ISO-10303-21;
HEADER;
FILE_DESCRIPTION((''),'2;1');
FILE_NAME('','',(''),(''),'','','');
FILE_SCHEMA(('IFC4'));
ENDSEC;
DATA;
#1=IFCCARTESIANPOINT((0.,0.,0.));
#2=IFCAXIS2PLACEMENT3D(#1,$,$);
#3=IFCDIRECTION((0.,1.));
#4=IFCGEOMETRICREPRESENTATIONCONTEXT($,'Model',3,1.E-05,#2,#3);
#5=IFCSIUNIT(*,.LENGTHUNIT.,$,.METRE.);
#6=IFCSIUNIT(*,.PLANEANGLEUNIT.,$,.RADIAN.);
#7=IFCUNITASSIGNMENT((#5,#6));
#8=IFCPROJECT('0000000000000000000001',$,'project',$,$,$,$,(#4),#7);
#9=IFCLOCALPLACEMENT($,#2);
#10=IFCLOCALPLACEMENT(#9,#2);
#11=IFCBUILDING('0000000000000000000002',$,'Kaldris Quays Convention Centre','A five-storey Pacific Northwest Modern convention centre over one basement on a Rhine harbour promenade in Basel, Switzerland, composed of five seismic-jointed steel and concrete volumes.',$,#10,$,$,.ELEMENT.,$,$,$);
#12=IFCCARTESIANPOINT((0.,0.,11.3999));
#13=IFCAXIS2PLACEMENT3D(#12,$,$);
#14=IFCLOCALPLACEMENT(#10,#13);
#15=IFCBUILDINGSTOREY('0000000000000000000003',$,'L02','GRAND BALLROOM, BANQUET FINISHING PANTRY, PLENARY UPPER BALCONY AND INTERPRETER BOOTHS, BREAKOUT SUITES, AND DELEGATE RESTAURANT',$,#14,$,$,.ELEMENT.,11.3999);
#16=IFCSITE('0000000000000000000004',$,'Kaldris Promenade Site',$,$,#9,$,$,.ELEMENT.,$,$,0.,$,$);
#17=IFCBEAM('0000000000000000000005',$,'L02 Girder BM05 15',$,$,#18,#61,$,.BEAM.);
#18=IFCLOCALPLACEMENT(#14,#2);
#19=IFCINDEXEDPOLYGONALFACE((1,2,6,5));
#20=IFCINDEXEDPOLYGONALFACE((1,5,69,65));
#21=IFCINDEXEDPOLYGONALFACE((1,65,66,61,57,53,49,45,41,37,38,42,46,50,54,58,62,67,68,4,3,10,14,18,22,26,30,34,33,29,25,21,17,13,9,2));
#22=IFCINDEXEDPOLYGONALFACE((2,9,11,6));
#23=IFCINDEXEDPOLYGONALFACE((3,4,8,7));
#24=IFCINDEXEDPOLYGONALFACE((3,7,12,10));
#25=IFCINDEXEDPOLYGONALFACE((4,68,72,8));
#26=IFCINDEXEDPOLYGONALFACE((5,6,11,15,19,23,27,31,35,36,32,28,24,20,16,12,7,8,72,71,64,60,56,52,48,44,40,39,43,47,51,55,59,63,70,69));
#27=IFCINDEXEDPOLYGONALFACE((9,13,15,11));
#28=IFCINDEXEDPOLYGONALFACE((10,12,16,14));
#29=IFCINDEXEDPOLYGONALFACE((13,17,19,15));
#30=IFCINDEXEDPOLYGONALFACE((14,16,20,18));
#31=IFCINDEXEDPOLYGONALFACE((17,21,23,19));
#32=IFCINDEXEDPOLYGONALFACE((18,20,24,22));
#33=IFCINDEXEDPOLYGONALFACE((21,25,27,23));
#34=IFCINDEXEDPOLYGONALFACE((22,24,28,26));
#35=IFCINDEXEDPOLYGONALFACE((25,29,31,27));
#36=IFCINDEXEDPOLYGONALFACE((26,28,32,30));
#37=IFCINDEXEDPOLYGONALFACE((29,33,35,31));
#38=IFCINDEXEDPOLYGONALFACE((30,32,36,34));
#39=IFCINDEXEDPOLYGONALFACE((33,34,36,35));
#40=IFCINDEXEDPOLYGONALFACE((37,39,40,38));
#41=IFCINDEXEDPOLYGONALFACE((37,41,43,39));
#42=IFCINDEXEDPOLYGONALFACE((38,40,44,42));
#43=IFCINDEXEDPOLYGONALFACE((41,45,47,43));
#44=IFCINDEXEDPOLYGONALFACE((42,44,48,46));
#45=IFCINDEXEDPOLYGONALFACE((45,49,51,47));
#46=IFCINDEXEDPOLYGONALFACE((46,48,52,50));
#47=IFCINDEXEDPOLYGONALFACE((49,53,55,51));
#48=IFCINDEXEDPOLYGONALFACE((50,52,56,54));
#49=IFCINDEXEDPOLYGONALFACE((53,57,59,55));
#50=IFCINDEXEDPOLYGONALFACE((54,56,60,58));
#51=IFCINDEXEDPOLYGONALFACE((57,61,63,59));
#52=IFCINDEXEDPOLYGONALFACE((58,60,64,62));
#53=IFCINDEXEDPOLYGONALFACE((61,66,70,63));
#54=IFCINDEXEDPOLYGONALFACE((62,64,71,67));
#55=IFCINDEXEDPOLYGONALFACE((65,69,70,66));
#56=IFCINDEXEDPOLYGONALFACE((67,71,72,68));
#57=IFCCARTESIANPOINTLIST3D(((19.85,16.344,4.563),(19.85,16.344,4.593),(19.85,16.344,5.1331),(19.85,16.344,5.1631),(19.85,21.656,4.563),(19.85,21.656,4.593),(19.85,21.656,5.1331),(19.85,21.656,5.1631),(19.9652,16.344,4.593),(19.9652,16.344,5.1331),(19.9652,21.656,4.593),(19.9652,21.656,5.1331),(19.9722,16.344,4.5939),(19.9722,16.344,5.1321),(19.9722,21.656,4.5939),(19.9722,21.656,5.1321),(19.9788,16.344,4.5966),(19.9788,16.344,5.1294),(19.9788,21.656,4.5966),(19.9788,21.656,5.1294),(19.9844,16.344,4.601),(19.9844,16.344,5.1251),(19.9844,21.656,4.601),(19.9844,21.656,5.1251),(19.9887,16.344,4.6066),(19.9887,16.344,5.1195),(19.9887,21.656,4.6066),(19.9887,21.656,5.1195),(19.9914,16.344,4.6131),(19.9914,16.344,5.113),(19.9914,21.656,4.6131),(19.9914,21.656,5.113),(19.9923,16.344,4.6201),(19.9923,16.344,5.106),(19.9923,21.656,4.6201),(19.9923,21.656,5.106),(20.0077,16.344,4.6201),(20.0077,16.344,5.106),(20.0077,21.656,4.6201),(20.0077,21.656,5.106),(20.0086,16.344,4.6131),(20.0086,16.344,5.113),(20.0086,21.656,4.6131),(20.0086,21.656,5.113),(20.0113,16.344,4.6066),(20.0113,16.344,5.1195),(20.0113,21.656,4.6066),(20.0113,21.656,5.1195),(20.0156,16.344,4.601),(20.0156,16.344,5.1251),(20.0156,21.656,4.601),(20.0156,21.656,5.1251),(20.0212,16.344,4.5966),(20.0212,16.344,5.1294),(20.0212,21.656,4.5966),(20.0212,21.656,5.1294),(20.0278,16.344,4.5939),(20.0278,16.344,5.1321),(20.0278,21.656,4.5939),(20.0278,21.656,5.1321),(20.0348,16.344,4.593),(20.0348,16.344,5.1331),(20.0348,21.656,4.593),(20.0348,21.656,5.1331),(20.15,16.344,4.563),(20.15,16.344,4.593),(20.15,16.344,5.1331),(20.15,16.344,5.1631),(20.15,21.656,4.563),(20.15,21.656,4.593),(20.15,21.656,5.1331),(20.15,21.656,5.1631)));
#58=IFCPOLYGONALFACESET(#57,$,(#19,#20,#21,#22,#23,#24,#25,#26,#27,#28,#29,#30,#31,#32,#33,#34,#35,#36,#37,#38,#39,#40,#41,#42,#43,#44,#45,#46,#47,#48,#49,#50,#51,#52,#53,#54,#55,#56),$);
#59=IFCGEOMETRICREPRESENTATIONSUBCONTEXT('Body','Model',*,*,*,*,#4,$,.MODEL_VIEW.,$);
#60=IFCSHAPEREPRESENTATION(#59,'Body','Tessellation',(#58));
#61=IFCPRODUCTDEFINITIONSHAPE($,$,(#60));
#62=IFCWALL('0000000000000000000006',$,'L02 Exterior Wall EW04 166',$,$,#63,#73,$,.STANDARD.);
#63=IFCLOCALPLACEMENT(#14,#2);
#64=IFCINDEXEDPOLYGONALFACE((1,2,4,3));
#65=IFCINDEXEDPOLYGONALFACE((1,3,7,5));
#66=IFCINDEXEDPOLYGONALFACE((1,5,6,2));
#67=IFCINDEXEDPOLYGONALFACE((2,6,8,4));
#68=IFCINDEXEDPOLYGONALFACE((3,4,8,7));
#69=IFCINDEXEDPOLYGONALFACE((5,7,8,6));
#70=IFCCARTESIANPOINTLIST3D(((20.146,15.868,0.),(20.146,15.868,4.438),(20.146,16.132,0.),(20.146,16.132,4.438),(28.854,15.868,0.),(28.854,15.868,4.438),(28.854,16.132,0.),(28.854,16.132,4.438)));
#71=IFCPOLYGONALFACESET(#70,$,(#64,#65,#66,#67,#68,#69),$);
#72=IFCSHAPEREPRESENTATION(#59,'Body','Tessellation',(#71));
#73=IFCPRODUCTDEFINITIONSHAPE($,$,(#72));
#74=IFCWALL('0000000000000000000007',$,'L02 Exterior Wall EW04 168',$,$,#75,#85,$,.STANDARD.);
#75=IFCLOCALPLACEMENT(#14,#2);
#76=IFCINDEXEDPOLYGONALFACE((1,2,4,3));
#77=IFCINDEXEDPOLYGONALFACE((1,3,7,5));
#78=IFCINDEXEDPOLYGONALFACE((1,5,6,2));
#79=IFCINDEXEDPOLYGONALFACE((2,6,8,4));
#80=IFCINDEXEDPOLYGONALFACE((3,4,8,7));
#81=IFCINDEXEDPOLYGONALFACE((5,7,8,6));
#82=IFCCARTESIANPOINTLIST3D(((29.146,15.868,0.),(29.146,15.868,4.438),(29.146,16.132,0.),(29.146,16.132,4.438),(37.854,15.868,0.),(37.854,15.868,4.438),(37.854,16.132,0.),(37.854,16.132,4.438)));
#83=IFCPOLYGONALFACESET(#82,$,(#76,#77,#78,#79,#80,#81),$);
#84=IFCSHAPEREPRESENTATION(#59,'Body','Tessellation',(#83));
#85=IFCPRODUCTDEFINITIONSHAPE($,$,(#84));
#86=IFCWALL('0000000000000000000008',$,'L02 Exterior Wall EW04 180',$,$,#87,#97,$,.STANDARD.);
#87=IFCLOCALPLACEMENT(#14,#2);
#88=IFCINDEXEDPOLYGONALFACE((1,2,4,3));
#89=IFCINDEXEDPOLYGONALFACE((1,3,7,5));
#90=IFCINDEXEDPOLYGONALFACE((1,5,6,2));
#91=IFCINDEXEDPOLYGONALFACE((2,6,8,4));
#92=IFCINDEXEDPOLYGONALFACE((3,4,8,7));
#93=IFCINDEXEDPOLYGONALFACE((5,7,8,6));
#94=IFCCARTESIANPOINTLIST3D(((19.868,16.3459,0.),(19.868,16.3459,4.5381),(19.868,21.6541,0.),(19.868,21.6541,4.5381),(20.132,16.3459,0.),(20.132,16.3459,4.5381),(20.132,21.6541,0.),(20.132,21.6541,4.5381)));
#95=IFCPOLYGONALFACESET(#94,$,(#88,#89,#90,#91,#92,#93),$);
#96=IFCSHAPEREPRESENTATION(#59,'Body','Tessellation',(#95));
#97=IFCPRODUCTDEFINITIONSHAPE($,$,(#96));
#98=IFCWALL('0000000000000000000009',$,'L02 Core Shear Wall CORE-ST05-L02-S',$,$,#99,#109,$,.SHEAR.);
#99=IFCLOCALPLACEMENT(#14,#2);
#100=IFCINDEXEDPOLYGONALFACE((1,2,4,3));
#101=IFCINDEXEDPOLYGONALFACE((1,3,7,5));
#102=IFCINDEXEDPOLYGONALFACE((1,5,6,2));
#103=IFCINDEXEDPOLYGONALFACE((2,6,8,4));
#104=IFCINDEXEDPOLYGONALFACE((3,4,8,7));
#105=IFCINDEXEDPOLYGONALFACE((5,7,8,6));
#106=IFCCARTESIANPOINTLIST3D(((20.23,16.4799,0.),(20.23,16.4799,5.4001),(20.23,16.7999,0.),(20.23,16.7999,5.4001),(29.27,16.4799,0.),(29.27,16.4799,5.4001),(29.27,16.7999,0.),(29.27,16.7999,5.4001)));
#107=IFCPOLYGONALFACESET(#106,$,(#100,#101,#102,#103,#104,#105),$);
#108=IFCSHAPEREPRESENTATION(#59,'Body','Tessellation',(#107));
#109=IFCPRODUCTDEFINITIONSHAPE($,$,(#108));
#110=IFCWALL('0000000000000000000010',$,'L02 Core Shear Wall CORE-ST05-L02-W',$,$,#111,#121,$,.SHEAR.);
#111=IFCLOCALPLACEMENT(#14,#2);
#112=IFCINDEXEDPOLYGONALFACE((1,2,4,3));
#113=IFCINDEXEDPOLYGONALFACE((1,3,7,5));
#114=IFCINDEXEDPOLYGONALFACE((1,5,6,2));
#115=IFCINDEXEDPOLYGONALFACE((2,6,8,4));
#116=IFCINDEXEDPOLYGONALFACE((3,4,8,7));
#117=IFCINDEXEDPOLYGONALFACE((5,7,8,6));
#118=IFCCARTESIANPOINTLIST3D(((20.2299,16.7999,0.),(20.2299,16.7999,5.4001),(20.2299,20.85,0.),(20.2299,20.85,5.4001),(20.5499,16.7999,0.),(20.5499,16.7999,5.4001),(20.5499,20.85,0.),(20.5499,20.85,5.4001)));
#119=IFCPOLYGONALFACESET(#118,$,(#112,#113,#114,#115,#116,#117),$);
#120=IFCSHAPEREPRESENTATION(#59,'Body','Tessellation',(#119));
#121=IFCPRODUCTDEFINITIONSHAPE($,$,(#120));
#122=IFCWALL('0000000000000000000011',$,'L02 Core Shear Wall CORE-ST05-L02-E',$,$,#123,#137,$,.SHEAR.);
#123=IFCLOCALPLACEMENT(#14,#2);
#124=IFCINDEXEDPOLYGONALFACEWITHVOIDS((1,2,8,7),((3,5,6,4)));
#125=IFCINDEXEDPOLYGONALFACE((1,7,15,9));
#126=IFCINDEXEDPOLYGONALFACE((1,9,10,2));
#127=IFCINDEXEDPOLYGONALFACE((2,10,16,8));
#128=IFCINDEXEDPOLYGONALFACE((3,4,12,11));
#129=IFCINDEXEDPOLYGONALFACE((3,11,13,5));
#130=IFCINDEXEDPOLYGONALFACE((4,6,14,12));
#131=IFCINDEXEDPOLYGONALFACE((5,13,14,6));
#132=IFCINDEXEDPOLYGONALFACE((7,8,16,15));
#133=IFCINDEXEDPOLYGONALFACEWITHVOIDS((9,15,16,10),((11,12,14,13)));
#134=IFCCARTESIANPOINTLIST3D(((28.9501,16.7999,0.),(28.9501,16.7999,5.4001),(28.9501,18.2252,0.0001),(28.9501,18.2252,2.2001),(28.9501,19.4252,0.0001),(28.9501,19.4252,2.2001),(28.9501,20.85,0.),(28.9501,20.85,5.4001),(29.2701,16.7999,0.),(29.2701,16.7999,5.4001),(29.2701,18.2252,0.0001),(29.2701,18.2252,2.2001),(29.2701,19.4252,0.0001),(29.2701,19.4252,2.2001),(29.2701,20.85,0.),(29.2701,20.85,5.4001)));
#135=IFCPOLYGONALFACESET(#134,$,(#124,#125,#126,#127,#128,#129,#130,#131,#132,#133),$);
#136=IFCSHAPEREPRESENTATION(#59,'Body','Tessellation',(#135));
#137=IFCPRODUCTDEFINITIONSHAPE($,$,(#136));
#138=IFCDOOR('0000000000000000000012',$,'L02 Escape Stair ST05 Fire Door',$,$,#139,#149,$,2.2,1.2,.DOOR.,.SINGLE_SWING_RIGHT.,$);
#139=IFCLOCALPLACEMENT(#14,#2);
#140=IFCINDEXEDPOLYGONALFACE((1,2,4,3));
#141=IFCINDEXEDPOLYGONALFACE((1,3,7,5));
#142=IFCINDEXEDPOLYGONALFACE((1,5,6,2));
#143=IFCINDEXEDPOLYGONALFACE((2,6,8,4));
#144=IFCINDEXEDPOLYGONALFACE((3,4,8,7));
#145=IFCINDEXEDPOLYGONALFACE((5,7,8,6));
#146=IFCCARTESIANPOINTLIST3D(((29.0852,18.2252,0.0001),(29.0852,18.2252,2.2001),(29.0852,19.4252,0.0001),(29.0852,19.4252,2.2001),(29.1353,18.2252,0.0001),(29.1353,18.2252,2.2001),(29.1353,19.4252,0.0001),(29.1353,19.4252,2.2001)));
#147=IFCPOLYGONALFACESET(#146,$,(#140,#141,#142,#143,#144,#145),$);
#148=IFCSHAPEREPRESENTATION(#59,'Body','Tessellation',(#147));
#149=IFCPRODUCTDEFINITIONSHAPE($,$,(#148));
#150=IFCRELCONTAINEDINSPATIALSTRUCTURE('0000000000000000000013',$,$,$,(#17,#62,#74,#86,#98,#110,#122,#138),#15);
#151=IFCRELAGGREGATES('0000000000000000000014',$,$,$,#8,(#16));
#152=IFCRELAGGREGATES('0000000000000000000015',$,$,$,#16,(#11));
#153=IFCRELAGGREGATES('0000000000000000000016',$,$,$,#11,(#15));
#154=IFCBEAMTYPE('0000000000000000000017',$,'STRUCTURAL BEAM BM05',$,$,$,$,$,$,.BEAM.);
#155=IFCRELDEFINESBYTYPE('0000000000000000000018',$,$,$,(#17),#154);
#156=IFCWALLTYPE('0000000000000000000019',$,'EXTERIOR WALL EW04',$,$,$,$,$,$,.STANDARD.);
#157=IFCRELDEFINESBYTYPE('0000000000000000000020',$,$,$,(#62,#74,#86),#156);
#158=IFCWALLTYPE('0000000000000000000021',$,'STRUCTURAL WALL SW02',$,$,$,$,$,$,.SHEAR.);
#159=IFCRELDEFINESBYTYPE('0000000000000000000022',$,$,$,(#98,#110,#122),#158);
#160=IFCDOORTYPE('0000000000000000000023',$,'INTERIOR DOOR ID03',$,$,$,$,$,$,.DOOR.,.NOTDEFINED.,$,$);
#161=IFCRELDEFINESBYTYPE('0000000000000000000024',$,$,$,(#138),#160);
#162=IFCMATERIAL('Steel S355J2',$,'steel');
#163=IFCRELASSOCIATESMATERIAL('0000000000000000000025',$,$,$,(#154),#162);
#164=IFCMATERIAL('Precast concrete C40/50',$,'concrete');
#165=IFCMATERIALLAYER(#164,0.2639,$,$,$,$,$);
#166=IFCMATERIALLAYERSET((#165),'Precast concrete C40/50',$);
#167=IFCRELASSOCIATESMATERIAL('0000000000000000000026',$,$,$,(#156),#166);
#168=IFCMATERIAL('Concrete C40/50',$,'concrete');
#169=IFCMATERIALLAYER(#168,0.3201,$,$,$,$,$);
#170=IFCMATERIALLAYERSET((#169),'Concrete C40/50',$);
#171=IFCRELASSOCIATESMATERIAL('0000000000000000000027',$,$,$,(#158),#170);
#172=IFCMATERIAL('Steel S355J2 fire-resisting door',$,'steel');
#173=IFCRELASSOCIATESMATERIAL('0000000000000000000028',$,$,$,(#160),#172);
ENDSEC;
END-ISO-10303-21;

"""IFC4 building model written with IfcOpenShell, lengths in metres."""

from ifc_helpers import new_model, si_unit, direction, frame, frame_2d, origin, origin_2d, place, context, subcontext, project, spatial, rectangle, i_section, extrude, material, layer, layer_set, material_profile, profile_set, type_object, element, fill, save


model = new_model("IFC4")

# Units and contexts
model_context = context("Model", 3, precision=1e-05, world=origin(), true_north=direction((0.0, 1.0)))
body_context = subcontext(model_context, "Body", "Model", "MODEL_VIEW")
ifc_project = project(units=[si_unit("LENGTHUNIT", "METRE"), si_unit("PLANEANGLEUNIT", "RADIAN")], contexts=[model_context])

# Site, building, storey
site_placement = place(None, origin())
site = spatial("IfcSite", under=ifc_project, at=site_placement, Name="Kaldris Promenade Site", CompositionType="ELEMENT", RefElevation=0.0)
building_placement = place(site_placement, origin())
building = spatial("IfcBuilding", under=site, at=building_placement, Name="Kaldris Quays Convention Centre", Description="A five-storey Pacific Northwest Modern convention centre over one basement on a Rhine harbour promenade in Basel, Switzerland, composed of five seismic-jointed steel and concrete volumes.", CompositionType="ELEMENT")
storey_placement = place(building_placement, frame((0.0, 0.0, 11.3999)))
storey = spatial("IfcBuildingStorey", under=building, at=storey_placement, Name="L02", Description="GRAND BALLROOM, BANQUET FINISHING PANTRY, PLENARY UPPER BALCONY AND INTERPRETER BOOTHS, BREAKOUT SUITES, AND DELEGATE RESTAURANT", CompositionType="ELEMENT", Elevation=11.3999)

# Shared definitions
ifc_material_1 = material(Name="Steel S355J2", Category="steel")

# Beam
ifc_material_profile_1 = material_profile(ifc_material_1, i_section(OverallWidth=0.3, OverallDepth=0.6001, WebThickness=0.0154, FlangeThickness=0.03, FilletRadius=0.0271, at=origin_2d()), Name="HEB 600")
ifc_profile_set_1 = profile_set([ifc_material_profile_1], Name="Steel S355J2")
beam_type_1 = type_object("IfcBeamType", Name="STRUCTURAL BEAM BM05", PredefinedType="BEAM", material=ifc_profile_set_1)
beam_placement = place(storey_placement, frame((20.0, 16.344, 4.863), z_axis=(0.0, 1.0, 0.0), x_axis=(-1.0, 0.0, 0.0)))
element("IfcBeam", 1, at=beam_placement, inside=storey, type_object=beam_type_1, Name="L02 Girder BM05 15", PredefinedType="BEAM", context=body_context, shape_type="SweptSolid", body=[
    extrude(i_section(OverallWidth=0.3, OverallDepth=0.6001, WebThickness=0.0154, FlangeThickness=0.03, FilletRadius=0.0271, at=origin_2d()), origin(), (0.0, 0.0, 1.0), 5.312),
])

# Walls
ifc_material_2 = material(Name="Precast concrete C40/50", Category="concrete")
ifc_layer_1 = layer(ifc_material_2, 0.2639)
ifc_layer_set_1 = layer_set([ifc_layer_1], Name="Precast concrete C40/50")
wall_type_1 = type_object("IfcWallType", Name="EXTERIOR WALL EW04", PredefinedType="STANDARD", material=ifc_layer_set_1)
for number, where, z_axis, x_axis, name in (
    (2, (20.146, 16.0, 0.0), (0.0, 0.0, 1.0), (1.0, 0.0, 0.0), "L02 Exterior Wall EW04 166"),
    (3, (29.146, 16.0, 0.0), (0.0, 0.0, 1.0), (1.0, 0.0, 0.0), "L02 Exterior Wall EW04 168"),
):
    element("IfcWall", number, at=place(storey_placement, frame(where, z_axis=z_axis, x_axis=x_axis)), inside=storey, type_object=wall_type_1, Name=name, PredefinedType="STANDARD", context=body_context, shape_type="SweptSolid", body=[
        extrude(rectangle(XDim=8.708, YDim=0.2639, at=frame_2d((4.354, 0.0))), origin(), (0.0, 0.0, 1.0), 4.438),
    ])
wall_1_placement = place(storey_placement, frame((20.0, 16.3459, 0.0), z_axis=(0.0, 0.0, 1.0), x_axis=(0.0, 1.0, 0.0)))
element("IfcWall", 4, at=wall_1_placement, inside=storey, type_object=wall_type_1, Name="L02 Exterior Wall EW04 180", PredefinedType="STANDARD", context=body_context, shape_type="SweptSolid", body=[
    extrude(rectangle(XDim=5.3081, YDim=0.2639, at=frame_2d((2.6541, 0.0))), origin(), (0.0, 0.0, 1.0), 4.5381),
])
ifc_material_3 = material(Name="Concrete C40/50", Category="concrete")
ifc_layer_2 = layer(ifc_material_3, 0.3201)
ifc_layer_set_2 = layer_set([ifc_layer_2], Name="Concrete C40/50")
wall_type_2 = type_object("IfcWallType", Name="STRUCTURAL WALL SW02", PredefinedType="SHEAR", material=ifc_layer_set_2)
wall_2_placement = place(storey_placement, frame((20.23, 16.6399, 0.0), z_axis=(0.0, 0.0, 1.0), x_axis=(1.0, 0.0, 0.0)))
element("IfcWall", 5, at=wall_2_placement, inside=storey, type_object=wall_type_2, Name="L02 Core Shear Wall CORE-ST05-L02-S", PredefinedType="SHEAR", context=body_context, shape_type="SweptSolid", body=[
    extrude(rectangle(XDim=9.04, YDim=0.3201, at=frame_2d((4.52, 0.0))), origin(), (0.0, 0.0, 1.0), 5.4001),
])
wall_3_placement = place(storey_placement, frame((20.3899, 16.8, 0.0), z_axis=(0.0, 0.0, 1.0), x_axis=(0.0, 1.0, 0.0)))
element("IfcWall", 6, at=wall_3_placement, inside=storey, type_object=wall_type_2, Name="L02 Core Shear Wall CORE-ST05-L02-W", PredefinedType="SHEAR", context=body_context, shape_type="SweptSolid", body=[
    extrude(rectangle(XDim=4.05, YDim=0.3201, at=frame_2d((2.0249, 0.0))), origin(), (0.0, 0.0, 1.0), 5.4001),
])

# Wall, opening, door
wall_4_placement = place(storey_placement, frame((29.1101, 16.8, 0.0), z_axis=(0.0, 0.0, 1.0), x_axis=(0.0, 1.0, 0.0)))
wall_4 = element("IfcWall", 7, at=wall_4_placement, inside=storey, type_object=wall_type_2, Name="L02 Core Shear Wall CORE-ST05-L02-E", PredefinedType="SHEAR", context=body_context, shape_type="SweptSolid", body=[
    extrude(rectangle(XDim=4.05, YDim=0.3201, at=frame_2d((2.0249, 0.0))), origin(), (0.0, 0.0, 1.0), 5.4001),
])
opening_placement = place(wall_4_placement, frame((1.425, 0.0, 0.0)))
opening = element("IfcOpeningElement", 8, at=opening_placement, cuts=wall_4, PredefinedType="OPENING", context=body_context, shape_type="SweptSolid", body=[
    extrude(rectangle(XDim=1.2, YDim=2.2, at=frame_2d((0.6001, 1.1001))), frame((0.0, 0.1699, 0.0), z_axis=(0.0, -1.0, 0.0), x_axis=(1.0, 0.0, 0.0)), (0.0, 0.0, 1.0), 0.3401),
])
ifc_material_4 = material(Name="Steel S355J2 fire-resisting door", Category="steel")
door_type = type_object("IfcDoorType", Name="INTERIOR DOOR ID03", OperationType="NOTDEFINED", PredefinedType="DOOR", material=ifc_material_4)
door_placement = place(opening_placement, origin())
door = element("IfcDoor", 9, at=door_placement, inside=storey, type_object=door_type, Name="L02 Escape Stair ST05 Fire Door", OperationType="SINGLE_SWING_RIGHT", OverallHeight=2.2, OverallWidth=1.2, PredefinedType="DOOR", context=body_context, shape_type="SweptSolid", body=[
    extrude(rectangle(XDim=1.2, YDim=2.2, at=frame_2d((0.6001, 1.1001))), frame((0.0, 0.0249, 0.0), z_axis=(0.0, -1.0, 0.0), x_axis=(1.0, 0.0, 0.0)), (0.0, 0.0, 1.0), 0.05),
])
fill(opening, door)

save(model, "model.ifc")
